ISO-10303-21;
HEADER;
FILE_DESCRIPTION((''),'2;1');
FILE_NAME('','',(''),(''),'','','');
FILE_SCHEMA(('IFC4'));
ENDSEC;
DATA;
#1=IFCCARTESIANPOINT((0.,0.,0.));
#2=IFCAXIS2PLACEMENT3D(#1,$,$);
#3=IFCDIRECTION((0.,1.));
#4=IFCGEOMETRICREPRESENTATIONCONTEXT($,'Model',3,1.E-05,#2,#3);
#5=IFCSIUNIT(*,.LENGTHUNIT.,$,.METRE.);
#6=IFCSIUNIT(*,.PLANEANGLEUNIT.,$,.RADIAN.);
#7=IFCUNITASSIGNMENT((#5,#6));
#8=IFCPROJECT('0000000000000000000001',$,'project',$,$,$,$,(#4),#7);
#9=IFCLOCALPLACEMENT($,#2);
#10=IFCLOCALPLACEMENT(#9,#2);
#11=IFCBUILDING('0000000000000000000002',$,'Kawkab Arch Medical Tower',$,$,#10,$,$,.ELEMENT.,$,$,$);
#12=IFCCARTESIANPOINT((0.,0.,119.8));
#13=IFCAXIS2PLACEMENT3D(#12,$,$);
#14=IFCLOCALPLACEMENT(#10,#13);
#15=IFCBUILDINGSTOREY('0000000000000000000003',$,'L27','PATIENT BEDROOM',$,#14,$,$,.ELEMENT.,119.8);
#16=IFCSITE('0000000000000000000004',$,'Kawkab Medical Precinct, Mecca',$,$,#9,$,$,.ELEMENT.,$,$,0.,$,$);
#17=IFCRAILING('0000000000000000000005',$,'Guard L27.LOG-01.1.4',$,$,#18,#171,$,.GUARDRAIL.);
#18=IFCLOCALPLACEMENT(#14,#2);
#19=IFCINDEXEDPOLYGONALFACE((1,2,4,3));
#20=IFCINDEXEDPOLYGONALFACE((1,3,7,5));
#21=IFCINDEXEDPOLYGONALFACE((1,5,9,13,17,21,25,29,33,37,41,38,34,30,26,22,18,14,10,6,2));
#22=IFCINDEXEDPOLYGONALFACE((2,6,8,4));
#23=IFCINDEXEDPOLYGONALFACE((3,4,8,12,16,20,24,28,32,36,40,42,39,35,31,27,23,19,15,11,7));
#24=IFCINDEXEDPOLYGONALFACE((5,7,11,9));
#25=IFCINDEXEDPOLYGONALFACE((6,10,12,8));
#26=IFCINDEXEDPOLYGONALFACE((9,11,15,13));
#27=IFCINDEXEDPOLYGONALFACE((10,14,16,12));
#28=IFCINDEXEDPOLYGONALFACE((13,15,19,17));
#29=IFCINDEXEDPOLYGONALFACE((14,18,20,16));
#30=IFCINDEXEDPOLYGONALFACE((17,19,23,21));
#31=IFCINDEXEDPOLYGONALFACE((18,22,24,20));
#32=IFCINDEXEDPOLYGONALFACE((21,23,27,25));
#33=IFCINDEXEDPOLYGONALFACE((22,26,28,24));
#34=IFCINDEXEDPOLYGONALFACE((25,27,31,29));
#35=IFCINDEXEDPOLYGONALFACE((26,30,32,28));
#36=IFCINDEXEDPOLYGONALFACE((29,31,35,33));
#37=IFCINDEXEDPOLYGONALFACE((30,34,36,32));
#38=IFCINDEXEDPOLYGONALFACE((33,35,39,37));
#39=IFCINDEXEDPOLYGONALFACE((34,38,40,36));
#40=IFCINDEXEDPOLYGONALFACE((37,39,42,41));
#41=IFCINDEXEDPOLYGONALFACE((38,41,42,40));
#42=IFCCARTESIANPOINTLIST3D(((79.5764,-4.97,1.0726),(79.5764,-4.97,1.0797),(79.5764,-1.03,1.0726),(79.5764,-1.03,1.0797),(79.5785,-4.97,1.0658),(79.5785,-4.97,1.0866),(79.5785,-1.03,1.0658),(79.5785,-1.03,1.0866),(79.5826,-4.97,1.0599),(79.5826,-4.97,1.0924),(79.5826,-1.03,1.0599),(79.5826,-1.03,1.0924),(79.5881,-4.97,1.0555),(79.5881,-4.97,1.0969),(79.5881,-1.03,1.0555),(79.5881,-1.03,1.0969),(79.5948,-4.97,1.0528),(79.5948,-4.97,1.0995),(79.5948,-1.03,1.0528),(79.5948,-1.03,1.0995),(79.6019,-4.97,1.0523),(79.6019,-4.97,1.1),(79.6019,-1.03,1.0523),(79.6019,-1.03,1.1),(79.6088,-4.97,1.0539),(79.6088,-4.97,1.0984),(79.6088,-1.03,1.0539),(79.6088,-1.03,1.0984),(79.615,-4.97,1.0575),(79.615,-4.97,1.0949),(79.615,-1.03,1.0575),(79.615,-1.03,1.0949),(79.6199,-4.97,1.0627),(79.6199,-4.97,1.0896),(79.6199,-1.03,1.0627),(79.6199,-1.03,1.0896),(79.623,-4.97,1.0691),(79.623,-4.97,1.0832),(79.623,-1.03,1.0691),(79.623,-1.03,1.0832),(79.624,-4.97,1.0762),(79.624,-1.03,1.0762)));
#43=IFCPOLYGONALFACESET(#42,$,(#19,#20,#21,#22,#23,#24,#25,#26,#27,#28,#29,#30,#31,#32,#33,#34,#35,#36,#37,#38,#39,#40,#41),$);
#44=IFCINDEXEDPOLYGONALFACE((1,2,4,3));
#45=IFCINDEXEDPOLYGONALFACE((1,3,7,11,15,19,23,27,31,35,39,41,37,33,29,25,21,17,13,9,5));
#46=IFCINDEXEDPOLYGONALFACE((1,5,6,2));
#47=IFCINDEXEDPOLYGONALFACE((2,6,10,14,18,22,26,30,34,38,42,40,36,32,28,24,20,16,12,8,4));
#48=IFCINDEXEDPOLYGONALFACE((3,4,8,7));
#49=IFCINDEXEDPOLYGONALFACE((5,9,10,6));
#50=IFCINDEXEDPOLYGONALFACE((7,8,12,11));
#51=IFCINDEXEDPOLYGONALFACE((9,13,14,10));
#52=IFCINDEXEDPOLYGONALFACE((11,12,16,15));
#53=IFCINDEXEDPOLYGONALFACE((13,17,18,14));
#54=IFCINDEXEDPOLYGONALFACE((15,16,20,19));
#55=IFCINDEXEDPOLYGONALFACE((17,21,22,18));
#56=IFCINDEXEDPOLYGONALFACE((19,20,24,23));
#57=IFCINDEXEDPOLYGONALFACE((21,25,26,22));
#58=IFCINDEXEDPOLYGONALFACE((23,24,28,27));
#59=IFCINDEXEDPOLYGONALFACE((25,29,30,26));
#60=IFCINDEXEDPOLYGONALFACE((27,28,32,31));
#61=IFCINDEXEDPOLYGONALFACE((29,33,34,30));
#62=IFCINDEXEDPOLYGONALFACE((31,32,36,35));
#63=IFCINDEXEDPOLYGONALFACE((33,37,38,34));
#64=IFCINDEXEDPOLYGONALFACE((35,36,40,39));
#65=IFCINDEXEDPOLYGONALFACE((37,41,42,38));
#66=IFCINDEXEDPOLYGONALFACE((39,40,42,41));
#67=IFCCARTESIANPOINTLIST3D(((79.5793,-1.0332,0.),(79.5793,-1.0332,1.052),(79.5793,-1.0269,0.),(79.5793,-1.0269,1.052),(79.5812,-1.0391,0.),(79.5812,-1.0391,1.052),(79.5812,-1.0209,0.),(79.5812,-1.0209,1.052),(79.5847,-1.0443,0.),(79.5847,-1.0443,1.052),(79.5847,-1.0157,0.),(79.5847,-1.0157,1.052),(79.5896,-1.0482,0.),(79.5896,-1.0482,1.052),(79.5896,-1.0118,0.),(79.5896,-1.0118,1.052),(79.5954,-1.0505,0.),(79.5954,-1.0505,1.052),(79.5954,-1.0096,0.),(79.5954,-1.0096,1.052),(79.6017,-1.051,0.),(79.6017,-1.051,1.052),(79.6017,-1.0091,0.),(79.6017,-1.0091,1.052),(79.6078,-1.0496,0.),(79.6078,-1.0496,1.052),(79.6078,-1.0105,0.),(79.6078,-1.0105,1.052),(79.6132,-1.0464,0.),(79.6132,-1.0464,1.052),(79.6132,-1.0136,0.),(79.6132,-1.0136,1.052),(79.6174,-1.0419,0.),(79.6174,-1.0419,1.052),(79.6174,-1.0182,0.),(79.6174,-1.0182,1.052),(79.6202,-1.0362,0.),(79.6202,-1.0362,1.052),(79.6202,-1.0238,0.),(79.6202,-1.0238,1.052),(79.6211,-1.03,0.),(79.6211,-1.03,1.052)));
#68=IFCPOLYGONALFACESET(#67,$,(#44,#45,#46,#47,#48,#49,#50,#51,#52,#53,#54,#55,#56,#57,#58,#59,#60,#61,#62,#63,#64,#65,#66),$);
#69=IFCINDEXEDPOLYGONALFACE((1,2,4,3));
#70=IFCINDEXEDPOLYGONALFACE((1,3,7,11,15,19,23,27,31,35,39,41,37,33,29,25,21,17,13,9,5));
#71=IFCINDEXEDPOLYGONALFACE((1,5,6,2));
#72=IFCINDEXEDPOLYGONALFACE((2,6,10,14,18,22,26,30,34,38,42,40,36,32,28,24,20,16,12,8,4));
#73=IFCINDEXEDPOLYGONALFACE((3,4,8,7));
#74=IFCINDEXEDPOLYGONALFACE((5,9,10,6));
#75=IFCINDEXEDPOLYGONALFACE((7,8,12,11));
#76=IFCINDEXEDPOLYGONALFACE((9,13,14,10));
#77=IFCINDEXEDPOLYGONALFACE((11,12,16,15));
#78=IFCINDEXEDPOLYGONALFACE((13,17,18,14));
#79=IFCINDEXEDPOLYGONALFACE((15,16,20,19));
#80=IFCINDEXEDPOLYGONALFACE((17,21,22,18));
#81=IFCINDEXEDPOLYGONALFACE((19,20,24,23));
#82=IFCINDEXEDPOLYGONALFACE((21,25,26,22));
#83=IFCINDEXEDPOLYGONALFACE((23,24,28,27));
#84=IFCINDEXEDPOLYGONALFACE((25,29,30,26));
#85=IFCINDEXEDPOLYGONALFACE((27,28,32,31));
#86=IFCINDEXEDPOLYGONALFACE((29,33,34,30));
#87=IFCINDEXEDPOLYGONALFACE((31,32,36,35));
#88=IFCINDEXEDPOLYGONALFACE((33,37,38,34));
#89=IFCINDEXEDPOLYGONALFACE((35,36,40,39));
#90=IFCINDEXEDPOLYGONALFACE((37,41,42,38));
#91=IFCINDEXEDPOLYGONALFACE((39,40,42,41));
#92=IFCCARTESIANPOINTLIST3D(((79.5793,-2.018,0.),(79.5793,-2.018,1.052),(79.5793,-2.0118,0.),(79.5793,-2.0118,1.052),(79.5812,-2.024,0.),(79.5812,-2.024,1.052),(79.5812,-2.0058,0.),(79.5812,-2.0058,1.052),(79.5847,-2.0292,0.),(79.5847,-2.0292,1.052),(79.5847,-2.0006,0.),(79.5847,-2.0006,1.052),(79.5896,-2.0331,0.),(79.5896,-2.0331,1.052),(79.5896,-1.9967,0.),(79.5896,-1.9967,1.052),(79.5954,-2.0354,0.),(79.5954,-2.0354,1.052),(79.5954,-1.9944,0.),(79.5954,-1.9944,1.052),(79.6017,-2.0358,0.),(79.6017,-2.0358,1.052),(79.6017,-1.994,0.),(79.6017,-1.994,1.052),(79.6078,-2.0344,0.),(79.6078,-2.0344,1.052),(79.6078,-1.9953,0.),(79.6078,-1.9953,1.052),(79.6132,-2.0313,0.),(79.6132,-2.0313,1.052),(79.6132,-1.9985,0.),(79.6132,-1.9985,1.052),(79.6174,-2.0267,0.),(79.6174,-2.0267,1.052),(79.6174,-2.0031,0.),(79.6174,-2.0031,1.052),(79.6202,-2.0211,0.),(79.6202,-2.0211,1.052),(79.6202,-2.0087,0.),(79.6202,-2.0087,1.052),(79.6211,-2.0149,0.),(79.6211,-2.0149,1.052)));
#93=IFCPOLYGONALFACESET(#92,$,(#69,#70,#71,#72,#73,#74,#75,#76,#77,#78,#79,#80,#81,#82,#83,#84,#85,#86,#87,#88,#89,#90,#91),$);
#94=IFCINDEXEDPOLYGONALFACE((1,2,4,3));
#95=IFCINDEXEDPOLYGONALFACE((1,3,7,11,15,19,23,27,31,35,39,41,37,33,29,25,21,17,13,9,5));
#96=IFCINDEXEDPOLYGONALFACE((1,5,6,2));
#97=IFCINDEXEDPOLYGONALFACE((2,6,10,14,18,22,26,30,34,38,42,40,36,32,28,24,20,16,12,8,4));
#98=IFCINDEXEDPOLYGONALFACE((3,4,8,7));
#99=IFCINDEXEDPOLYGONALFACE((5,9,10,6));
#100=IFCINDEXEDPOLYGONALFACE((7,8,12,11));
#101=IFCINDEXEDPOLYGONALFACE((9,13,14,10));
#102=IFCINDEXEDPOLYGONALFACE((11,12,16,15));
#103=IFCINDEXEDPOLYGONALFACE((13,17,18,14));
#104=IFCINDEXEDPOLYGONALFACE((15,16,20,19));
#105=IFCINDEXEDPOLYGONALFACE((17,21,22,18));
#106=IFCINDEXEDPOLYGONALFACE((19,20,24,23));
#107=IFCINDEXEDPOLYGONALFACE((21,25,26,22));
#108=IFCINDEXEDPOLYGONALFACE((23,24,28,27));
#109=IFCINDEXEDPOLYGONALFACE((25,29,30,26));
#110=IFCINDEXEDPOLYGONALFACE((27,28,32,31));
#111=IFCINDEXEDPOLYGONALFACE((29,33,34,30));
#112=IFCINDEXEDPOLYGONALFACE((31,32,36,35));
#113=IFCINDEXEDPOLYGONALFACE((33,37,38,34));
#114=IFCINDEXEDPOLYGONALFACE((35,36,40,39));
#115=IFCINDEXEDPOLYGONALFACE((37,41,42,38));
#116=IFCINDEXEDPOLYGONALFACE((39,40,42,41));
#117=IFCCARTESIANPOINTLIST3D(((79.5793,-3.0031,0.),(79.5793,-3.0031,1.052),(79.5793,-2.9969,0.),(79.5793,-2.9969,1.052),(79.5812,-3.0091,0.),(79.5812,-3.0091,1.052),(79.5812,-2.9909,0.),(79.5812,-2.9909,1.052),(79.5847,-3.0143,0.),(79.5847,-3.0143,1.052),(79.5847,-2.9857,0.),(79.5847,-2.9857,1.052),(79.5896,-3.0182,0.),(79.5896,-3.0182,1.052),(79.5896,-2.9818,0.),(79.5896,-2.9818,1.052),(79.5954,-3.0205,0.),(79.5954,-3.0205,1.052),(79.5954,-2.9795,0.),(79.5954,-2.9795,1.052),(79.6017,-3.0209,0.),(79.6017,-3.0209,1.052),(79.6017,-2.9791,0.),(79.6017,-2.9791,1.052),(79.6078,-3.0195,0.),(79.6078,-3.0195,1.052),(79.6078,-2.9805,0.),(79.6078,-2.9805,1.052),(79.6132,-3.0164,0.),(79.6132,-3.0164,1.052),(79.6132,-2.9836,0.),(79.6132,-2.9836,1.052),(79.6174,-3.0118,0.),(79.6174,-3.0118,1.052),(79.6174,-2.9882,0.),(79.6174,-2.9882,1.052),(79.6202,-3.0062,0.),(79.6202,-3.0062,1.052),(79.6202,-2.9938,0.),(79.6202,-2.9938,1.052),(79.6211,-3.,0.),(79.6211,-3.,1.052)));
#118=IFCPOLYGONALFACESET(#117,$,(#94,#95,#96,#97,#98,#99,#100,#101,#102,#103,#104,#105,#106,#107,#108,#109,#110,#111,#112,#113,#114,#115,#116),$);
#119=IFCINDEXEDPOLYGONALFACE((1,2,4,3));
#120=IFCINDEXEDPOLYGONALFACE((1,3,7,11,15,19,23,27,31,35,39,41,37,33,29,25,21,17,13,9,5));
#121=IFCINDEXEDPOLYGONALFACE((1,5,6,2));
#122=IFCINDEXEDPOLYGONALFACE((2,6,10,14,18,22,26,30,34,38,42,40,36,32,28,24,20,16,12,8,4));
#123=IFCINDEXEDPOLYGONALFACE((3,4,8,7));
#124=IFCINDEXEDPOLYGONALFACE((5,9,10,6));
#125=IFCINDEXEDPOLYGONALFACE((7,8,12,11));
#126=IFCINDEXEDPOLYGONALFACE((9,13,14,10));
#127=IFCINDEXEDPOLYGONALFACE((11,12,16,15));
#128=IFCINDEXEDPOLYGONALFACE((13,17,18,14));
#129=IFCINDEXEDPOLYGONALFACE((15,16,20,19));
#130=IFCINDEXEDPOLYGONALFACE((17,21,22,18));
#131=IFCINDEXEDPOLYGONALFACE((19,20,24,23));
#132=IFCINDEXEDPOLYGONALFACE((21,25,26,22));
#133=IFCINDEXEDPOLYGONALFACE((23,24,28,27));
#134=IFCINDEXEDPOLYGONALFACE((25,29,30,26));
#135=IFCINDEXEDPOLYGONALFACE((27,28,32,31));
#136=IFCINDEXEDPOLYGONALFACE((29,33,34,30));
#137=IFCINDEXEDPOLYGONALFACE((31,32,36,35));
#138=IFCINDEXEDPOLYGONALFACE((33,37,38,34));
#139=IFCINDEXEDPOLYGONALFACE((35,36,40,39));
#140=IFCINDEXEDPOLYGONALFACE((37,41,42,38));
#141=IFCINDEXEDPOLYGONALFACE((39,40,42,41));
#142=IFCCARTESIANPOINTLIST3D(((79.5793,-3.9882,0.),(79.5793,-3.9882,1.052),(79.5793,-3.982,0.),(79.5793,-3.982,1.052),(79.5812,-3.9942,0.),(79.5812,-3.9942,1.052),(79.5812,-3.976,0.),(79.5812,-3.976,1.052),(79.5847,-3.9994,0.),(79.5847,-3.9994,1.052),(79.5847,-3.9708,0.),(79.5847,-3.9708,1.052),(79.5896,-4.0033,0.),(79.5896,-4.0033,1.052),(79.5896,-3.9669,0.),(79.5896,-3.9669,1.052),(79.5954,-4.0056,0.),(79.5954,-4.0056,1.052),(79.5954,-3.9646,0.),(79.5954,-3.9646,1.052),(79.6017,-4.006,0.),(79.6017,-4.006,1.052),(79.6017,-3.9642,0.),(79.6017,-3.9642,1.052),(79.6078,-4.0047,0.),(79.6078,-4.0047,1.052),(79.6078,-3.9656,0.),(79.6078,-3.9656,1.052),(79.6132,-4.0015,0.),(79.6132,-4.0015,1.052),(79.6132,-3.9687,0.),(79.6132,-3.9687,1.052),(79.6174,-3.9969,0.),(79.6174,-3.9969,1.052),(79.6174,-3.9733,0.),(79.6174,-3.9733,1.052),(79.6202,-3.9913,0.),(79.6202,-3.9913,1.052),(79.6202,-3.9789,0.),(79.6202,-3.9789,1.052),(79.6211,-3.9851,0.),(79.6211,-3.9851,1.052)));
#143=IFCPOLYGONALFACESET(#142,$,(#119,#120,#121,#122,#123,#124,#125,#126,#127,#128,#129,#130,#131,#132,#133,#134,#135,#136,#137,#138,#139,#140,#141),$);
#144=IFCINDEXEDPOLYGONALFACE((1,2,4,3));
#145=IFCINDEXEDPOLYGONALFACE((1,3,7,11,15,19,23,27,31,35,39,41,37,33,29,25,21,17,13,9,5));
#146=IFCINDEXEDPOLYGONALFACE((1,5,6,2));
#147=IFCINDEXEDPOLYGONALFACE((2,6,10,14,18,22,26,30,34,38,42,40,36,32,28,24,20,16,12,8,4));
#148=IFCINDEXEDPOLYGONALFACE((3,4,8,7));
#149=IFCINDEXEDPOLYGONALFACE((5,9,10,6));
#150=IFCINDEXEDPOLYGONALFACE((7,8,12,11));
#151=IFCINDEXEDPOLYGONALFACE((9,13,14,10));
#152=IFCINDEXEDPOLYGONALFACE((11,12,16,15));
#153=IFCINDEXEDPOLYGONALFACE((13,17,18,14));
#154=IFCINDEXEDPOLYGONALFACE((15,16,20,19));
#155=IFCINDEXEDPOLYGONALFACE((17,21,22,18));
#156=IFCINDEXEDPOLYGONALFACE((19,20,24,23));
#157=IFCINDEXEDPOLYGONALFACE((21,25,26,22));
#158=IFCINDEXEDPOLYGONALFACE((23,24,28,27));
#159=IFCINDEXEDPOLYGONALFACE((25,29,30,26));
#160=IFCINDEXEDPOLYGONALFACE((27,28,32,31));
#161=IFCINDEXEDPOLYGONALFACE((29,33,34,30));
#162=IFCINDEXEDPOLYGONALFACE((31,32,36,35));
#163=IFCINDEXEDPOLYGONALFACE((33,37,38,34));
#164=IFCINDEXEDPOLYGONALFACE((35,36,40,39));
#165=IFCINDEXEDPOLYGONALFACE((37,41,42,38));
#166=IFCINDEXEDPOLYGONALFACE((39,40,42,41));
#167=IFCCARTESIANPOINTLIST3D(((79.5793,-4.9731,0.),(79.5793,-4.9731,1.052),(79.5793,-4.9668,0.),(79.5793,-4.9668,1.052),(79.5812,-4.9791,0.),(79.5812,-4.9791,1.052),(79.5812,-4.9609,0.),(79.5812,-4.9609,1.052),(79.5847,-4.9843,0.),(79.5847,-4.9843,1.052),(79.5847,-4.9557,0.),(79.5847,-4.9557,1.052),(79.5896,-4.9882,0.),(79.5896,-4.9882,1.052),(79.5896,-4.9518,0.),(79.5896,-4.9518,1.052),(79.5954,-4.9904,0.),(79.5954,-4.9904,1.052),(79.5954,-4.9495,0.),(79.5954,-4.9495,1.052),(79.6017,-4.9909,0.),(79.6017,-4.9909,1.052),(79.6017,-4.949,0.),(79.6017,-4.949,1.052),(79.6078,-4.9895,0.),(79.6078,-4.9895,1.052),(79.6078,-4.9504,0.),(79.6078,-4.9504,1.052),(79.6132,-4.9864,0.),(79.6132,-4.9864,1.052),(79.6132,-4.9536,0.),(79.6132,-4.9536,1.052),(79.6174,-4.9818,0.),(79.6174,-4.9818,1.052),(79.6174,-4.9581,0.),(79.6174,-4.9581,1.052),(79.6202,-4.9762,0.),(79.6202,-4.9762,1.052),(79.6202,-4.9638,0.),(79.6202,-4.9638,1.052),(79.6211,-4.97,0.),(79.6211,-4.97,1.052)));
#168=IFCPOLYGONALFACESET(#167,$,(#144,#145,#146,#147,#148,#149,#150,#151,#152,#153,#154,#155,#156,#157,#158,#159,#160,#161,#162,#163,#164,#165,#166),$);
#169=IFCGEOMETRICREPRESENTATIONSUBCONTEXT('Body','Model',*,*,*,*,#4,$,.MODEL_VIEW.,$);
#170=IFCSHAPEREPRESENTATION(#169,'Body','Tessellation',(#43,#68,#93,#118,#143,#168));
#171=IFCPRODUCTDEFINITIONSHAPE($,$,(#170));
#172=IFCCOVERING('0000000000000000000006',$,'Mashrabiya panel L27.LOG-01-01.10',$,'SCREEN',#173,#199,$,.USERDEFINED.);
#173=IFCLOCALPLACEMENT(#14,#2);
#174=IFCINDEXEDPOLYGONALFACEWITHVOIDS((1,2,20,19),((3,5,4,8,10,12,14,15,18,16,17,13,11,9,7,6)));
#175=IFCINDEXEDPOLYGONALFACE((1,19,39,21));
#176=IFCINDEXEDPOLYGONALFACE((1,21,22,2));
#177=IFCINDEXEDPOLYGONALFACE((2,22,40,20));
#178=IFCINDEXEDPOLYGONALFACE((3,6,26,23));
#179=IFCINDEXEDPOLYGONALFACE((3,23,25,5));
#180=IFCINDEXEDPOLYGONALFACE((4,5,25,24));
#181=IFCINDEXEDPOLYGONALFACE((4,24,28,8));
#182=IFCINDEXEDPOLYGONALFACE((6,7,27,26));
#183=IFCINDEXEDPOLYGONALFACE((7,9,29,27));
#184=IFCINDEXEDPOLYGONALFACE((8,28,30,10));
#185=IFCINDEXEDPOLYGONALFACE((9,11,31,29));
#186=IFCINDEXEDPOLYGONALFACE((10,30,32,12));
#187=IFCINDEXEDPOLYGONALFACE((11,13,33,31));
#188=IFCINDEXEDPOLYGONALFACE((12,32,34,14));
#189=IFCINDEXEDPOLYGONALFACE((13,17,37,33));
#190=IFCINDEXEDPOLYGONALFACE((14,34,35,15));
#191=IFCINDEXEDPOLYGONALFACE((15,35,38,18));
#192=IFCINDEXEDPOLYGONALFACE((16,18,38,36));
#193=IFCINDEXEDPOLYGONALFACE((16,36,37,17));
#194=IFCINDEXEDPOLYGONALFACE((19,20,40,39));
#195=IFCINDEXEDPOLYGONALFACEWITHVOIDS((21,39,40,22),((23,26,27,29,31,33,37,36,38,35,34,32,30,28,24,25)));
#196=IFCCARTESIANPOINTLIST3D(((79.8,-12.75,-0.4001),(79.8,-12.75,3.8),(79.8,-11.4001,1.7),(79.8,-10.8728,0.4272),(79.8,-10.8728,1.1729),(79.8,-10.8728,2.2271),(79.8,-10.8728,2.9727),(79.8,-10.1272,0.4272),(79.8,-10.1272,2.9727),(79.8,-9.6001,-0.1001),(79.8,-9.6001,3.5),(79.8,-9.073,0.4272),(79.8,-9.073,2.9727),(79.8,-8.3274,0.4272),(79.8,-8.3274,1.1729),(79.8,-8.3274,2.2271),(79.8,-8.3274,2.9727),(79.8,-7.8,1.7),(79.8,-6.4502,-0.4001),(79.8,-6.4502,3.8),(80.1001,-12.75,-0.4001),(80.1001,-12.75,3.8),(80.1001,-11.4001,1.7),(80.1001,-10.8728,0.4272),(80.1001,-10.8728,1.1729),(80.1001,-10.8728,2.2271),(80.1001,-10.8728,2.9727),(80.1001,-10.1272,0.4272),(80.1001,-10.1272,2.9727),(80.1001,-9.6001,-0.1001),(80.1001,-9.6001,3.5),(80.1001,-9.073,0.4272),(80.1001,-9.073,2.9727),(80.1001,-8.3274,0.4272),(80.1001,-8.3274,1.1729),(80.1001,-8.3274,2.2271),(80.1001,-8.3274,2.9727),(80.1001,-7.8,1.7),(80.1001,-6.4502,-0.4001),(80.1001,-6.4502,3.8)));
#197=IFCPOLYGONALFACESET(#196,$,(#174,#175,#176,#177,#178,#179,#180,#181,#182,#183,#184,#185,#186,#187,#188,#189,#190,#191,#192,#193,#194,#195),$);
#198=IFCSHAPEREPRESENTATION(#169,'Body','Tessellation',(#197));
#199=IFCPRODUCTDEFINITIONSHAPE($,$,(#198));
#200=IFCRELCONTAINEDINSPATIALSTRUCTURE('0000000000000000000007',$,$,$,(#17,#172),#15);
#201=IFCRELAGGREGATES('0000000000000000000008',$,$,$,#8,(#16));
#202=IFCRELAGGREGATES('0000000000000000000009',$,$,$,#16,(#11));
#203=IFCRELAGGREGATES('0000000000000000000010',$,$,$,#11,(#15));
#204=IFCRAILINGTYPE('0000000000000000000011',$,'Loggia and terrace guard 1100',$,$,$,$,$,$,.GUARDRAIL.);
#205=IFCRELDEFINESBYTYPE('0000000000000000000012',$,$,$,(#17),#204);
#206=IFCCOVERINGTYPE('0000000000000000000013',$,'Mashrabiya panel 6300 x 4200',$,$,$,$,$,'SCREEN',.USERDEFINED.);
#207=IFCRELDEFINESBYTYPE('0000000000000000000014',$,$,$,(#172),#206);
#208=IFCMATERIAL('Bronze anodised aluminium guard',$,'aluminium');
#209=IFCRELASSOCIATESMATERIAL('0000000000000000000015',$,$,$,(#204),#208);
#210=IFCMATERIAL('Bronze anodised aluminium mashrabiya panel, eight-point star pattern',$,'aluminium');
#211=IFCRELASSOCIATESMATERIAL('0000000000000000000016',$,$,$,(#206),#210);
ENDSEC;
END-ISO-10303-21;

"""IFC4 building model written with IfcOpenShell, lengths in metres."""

from ifc_helpers import new_model, si_unit, direction, frame, origin, origin_2d, place, context, subcontext, project, spatial, polyline, circle, outline, extrude, material, material_profile, profile_set, type_object, element, save


model = new_model("IFC4")

# Units and contexts
model_context = context("Model", 3, precision=1e-05, world=origin(), true_north=direction((0.0, 1.0)))
body_context = subcontext(model_context, "Body", "Model", "MODEL_VIEW")
ifc_project = project(units=[si_unit("LENGTHUNIT", "METRE"), si_unit("PLANEANGLEUNIT", "RADIAN")], contexts=[model_context])

# Site, building, storey
site_placement = place(None, origin())
site = spatial("IfcSite", under=ifc_project, at=site_placement, Name="Kawkab Medical Precinct, Mecca", CompositionType="ELEMENT", RefElevation=0.0)
building_placement = place(site_placement, origin())
building = spatial("IfcBuilding", under=site, at=building_placement, Name="Kawkab Arch Medical Tower", CompositionType="ELEMENT")
storey_placement = place(building_placement, frame((0.0, 0.0, 119.8)))
storey = spatial("IfcBuildingStorey", under=building, at=storey_placement, Name="L27", Description="PATIENT BEDROOM", CompositionType="ELEMENT", Elevation=119.8)

# Railing
ifc_material_1 = material(Name="Bronze anodised aluminium guard", Category="aluminium")
railing_type_1 = type_object("IfcRailingType", Name="Loggia and terrace guard 1100", PredefinedType="GUARDRAIL", material=ifc_material_1)
railing_1_placement = place(storey_placement, frame((79.6001, -1.03, 0.0)))
element("IfcRailing", 1, at=railing_1_placement, inside=storey, type_object=railing_type_1, Name="Guard L27.LOG-01.1.4", PredefinedType="GUARDRAIL", context=body_context, shape_type="SweptSolid", body=[
    extrude(circle(Radius=0.0239, at=origin_2d()), frame((0.0, 0.0, 1.0762), z_axis=(0.0, -1.0, 0.0), x_axis=(1.0, 0.0, 0.0)), (0.0, 0.0, 1.0), 3.9399),
    extrude(circle(Radius=0.021, at=origin_2d()), origin(), (0.0, 0.0, 1.0), 1.052),
    extrude(circle(Radius=0.021, at=origin_2d()), frame((0.0, -0.9849, 0.0)), (0.0, 0.0, 1.0), 1.052),
    extrude(circle(Radius=0.021, at=origin_2d()), frame((0.0, -1.97, 0.0)), (0.0, 0.0, 1.0), 1.052),
    extrude(circle(Radius=0.021, at=origin_2d()), frame((0.0, -2.9551, 0.0)), (0.0, 0.0, 1.0), 1.052),
    extrude(circle(Radius=0.021, at=origin_2d()), frame((0.0, -3.9399, 0.0)), (0.0, 0.0, 1.0), 1.052),
])

# Covering
ifc_material_2 = material(Name="Bronze anodised aluminium mashrabiya panel, eight-point star pattern", Category="aluminium")
ifc_material_profile_1 = material_profile(ifc_material_2, outline(polyline([(-3.1499, -2.1001), (3.1499, -2.1001), (3.1499, 2.1001), (-3.1499, 2.1001), (-3.1499, -2.1001)]), holes=[polyline([(1.8, 0.0), (1.2727, 0.5271), (1.2727, 1.2727), (0.5271, 1.2727), (0.0, 1.8), (-0.5271, 1.2727), (-1.2727, 1.2727), (-1.2727, 0.5271), (-1.8, 0.0), (-1.2727, -0.5271), (-1.2727, -1.2727), (-0.5271, -1.2727), (0.0, -1.8), (0.5271, -1.2727), (1.2727, -1.2727), (1.2727, -0.5271), (1.8, 0.0)])]), Name="Mashrabiya panel 6300x4200")
ifc_profile_set_1 = profile_set([ifc_material_profile_1], Name="Bronze anodised aluminium mashrabiya panel, eight-point star pattern")
covering_type_1 = type_object("IfcCoveringType", Name="Mashrabiya panel 6300 x 4200", ElementType="SCREEN", PredefinedType="USERDEFINED", material=ifc_profile_set_1)
covering_1_placement = place(storey_placement, frame((79.8, -9.6001, 1.7), z_axis=(1.0, 0.0, 0.0), x_axis=(0.0, 1.0, 0.0)))
element("IfcCovering", 2, at=covering_1_placement, inside=storey, type_object=covering_type_1, Name="Mashrabiya panel L27.LOG-01-01.10", ObjectType="SCREEN", PredefinedType="USERDEFINED", context=body_context, shape_type="SweptSolid", body=[
    extrude(outline(polyline([(-3.1499, -2.1001), (3.1499, -2.1001), (3.1499, 2.1001), (-3.1499, 2.1001), (-3.1499, -2.1001)]), holes=[polyline([(1.8, 0.0), (1.2727, 0.5271), (1.2727, 1.2727), (0.5271, 1.2727), (0.0, 1.8), (-0.5271, 1.2727), (-1.2727, 1.2727), (-1.2727, 0.5271), (-1.8, 0.0), (-1.2727, -0.5271), (-1.2727, -1.2727), (-0.5271, -1.2727), (0.0, -1.8), (0.5271, -1.2727), (1.2727, -1.2727), (1.2727, -0.5271), (1.8, 0.0)])]), origin(), (0.0, 0.0, 1.0), 0.3),
])

save(model, "model.ifc")
